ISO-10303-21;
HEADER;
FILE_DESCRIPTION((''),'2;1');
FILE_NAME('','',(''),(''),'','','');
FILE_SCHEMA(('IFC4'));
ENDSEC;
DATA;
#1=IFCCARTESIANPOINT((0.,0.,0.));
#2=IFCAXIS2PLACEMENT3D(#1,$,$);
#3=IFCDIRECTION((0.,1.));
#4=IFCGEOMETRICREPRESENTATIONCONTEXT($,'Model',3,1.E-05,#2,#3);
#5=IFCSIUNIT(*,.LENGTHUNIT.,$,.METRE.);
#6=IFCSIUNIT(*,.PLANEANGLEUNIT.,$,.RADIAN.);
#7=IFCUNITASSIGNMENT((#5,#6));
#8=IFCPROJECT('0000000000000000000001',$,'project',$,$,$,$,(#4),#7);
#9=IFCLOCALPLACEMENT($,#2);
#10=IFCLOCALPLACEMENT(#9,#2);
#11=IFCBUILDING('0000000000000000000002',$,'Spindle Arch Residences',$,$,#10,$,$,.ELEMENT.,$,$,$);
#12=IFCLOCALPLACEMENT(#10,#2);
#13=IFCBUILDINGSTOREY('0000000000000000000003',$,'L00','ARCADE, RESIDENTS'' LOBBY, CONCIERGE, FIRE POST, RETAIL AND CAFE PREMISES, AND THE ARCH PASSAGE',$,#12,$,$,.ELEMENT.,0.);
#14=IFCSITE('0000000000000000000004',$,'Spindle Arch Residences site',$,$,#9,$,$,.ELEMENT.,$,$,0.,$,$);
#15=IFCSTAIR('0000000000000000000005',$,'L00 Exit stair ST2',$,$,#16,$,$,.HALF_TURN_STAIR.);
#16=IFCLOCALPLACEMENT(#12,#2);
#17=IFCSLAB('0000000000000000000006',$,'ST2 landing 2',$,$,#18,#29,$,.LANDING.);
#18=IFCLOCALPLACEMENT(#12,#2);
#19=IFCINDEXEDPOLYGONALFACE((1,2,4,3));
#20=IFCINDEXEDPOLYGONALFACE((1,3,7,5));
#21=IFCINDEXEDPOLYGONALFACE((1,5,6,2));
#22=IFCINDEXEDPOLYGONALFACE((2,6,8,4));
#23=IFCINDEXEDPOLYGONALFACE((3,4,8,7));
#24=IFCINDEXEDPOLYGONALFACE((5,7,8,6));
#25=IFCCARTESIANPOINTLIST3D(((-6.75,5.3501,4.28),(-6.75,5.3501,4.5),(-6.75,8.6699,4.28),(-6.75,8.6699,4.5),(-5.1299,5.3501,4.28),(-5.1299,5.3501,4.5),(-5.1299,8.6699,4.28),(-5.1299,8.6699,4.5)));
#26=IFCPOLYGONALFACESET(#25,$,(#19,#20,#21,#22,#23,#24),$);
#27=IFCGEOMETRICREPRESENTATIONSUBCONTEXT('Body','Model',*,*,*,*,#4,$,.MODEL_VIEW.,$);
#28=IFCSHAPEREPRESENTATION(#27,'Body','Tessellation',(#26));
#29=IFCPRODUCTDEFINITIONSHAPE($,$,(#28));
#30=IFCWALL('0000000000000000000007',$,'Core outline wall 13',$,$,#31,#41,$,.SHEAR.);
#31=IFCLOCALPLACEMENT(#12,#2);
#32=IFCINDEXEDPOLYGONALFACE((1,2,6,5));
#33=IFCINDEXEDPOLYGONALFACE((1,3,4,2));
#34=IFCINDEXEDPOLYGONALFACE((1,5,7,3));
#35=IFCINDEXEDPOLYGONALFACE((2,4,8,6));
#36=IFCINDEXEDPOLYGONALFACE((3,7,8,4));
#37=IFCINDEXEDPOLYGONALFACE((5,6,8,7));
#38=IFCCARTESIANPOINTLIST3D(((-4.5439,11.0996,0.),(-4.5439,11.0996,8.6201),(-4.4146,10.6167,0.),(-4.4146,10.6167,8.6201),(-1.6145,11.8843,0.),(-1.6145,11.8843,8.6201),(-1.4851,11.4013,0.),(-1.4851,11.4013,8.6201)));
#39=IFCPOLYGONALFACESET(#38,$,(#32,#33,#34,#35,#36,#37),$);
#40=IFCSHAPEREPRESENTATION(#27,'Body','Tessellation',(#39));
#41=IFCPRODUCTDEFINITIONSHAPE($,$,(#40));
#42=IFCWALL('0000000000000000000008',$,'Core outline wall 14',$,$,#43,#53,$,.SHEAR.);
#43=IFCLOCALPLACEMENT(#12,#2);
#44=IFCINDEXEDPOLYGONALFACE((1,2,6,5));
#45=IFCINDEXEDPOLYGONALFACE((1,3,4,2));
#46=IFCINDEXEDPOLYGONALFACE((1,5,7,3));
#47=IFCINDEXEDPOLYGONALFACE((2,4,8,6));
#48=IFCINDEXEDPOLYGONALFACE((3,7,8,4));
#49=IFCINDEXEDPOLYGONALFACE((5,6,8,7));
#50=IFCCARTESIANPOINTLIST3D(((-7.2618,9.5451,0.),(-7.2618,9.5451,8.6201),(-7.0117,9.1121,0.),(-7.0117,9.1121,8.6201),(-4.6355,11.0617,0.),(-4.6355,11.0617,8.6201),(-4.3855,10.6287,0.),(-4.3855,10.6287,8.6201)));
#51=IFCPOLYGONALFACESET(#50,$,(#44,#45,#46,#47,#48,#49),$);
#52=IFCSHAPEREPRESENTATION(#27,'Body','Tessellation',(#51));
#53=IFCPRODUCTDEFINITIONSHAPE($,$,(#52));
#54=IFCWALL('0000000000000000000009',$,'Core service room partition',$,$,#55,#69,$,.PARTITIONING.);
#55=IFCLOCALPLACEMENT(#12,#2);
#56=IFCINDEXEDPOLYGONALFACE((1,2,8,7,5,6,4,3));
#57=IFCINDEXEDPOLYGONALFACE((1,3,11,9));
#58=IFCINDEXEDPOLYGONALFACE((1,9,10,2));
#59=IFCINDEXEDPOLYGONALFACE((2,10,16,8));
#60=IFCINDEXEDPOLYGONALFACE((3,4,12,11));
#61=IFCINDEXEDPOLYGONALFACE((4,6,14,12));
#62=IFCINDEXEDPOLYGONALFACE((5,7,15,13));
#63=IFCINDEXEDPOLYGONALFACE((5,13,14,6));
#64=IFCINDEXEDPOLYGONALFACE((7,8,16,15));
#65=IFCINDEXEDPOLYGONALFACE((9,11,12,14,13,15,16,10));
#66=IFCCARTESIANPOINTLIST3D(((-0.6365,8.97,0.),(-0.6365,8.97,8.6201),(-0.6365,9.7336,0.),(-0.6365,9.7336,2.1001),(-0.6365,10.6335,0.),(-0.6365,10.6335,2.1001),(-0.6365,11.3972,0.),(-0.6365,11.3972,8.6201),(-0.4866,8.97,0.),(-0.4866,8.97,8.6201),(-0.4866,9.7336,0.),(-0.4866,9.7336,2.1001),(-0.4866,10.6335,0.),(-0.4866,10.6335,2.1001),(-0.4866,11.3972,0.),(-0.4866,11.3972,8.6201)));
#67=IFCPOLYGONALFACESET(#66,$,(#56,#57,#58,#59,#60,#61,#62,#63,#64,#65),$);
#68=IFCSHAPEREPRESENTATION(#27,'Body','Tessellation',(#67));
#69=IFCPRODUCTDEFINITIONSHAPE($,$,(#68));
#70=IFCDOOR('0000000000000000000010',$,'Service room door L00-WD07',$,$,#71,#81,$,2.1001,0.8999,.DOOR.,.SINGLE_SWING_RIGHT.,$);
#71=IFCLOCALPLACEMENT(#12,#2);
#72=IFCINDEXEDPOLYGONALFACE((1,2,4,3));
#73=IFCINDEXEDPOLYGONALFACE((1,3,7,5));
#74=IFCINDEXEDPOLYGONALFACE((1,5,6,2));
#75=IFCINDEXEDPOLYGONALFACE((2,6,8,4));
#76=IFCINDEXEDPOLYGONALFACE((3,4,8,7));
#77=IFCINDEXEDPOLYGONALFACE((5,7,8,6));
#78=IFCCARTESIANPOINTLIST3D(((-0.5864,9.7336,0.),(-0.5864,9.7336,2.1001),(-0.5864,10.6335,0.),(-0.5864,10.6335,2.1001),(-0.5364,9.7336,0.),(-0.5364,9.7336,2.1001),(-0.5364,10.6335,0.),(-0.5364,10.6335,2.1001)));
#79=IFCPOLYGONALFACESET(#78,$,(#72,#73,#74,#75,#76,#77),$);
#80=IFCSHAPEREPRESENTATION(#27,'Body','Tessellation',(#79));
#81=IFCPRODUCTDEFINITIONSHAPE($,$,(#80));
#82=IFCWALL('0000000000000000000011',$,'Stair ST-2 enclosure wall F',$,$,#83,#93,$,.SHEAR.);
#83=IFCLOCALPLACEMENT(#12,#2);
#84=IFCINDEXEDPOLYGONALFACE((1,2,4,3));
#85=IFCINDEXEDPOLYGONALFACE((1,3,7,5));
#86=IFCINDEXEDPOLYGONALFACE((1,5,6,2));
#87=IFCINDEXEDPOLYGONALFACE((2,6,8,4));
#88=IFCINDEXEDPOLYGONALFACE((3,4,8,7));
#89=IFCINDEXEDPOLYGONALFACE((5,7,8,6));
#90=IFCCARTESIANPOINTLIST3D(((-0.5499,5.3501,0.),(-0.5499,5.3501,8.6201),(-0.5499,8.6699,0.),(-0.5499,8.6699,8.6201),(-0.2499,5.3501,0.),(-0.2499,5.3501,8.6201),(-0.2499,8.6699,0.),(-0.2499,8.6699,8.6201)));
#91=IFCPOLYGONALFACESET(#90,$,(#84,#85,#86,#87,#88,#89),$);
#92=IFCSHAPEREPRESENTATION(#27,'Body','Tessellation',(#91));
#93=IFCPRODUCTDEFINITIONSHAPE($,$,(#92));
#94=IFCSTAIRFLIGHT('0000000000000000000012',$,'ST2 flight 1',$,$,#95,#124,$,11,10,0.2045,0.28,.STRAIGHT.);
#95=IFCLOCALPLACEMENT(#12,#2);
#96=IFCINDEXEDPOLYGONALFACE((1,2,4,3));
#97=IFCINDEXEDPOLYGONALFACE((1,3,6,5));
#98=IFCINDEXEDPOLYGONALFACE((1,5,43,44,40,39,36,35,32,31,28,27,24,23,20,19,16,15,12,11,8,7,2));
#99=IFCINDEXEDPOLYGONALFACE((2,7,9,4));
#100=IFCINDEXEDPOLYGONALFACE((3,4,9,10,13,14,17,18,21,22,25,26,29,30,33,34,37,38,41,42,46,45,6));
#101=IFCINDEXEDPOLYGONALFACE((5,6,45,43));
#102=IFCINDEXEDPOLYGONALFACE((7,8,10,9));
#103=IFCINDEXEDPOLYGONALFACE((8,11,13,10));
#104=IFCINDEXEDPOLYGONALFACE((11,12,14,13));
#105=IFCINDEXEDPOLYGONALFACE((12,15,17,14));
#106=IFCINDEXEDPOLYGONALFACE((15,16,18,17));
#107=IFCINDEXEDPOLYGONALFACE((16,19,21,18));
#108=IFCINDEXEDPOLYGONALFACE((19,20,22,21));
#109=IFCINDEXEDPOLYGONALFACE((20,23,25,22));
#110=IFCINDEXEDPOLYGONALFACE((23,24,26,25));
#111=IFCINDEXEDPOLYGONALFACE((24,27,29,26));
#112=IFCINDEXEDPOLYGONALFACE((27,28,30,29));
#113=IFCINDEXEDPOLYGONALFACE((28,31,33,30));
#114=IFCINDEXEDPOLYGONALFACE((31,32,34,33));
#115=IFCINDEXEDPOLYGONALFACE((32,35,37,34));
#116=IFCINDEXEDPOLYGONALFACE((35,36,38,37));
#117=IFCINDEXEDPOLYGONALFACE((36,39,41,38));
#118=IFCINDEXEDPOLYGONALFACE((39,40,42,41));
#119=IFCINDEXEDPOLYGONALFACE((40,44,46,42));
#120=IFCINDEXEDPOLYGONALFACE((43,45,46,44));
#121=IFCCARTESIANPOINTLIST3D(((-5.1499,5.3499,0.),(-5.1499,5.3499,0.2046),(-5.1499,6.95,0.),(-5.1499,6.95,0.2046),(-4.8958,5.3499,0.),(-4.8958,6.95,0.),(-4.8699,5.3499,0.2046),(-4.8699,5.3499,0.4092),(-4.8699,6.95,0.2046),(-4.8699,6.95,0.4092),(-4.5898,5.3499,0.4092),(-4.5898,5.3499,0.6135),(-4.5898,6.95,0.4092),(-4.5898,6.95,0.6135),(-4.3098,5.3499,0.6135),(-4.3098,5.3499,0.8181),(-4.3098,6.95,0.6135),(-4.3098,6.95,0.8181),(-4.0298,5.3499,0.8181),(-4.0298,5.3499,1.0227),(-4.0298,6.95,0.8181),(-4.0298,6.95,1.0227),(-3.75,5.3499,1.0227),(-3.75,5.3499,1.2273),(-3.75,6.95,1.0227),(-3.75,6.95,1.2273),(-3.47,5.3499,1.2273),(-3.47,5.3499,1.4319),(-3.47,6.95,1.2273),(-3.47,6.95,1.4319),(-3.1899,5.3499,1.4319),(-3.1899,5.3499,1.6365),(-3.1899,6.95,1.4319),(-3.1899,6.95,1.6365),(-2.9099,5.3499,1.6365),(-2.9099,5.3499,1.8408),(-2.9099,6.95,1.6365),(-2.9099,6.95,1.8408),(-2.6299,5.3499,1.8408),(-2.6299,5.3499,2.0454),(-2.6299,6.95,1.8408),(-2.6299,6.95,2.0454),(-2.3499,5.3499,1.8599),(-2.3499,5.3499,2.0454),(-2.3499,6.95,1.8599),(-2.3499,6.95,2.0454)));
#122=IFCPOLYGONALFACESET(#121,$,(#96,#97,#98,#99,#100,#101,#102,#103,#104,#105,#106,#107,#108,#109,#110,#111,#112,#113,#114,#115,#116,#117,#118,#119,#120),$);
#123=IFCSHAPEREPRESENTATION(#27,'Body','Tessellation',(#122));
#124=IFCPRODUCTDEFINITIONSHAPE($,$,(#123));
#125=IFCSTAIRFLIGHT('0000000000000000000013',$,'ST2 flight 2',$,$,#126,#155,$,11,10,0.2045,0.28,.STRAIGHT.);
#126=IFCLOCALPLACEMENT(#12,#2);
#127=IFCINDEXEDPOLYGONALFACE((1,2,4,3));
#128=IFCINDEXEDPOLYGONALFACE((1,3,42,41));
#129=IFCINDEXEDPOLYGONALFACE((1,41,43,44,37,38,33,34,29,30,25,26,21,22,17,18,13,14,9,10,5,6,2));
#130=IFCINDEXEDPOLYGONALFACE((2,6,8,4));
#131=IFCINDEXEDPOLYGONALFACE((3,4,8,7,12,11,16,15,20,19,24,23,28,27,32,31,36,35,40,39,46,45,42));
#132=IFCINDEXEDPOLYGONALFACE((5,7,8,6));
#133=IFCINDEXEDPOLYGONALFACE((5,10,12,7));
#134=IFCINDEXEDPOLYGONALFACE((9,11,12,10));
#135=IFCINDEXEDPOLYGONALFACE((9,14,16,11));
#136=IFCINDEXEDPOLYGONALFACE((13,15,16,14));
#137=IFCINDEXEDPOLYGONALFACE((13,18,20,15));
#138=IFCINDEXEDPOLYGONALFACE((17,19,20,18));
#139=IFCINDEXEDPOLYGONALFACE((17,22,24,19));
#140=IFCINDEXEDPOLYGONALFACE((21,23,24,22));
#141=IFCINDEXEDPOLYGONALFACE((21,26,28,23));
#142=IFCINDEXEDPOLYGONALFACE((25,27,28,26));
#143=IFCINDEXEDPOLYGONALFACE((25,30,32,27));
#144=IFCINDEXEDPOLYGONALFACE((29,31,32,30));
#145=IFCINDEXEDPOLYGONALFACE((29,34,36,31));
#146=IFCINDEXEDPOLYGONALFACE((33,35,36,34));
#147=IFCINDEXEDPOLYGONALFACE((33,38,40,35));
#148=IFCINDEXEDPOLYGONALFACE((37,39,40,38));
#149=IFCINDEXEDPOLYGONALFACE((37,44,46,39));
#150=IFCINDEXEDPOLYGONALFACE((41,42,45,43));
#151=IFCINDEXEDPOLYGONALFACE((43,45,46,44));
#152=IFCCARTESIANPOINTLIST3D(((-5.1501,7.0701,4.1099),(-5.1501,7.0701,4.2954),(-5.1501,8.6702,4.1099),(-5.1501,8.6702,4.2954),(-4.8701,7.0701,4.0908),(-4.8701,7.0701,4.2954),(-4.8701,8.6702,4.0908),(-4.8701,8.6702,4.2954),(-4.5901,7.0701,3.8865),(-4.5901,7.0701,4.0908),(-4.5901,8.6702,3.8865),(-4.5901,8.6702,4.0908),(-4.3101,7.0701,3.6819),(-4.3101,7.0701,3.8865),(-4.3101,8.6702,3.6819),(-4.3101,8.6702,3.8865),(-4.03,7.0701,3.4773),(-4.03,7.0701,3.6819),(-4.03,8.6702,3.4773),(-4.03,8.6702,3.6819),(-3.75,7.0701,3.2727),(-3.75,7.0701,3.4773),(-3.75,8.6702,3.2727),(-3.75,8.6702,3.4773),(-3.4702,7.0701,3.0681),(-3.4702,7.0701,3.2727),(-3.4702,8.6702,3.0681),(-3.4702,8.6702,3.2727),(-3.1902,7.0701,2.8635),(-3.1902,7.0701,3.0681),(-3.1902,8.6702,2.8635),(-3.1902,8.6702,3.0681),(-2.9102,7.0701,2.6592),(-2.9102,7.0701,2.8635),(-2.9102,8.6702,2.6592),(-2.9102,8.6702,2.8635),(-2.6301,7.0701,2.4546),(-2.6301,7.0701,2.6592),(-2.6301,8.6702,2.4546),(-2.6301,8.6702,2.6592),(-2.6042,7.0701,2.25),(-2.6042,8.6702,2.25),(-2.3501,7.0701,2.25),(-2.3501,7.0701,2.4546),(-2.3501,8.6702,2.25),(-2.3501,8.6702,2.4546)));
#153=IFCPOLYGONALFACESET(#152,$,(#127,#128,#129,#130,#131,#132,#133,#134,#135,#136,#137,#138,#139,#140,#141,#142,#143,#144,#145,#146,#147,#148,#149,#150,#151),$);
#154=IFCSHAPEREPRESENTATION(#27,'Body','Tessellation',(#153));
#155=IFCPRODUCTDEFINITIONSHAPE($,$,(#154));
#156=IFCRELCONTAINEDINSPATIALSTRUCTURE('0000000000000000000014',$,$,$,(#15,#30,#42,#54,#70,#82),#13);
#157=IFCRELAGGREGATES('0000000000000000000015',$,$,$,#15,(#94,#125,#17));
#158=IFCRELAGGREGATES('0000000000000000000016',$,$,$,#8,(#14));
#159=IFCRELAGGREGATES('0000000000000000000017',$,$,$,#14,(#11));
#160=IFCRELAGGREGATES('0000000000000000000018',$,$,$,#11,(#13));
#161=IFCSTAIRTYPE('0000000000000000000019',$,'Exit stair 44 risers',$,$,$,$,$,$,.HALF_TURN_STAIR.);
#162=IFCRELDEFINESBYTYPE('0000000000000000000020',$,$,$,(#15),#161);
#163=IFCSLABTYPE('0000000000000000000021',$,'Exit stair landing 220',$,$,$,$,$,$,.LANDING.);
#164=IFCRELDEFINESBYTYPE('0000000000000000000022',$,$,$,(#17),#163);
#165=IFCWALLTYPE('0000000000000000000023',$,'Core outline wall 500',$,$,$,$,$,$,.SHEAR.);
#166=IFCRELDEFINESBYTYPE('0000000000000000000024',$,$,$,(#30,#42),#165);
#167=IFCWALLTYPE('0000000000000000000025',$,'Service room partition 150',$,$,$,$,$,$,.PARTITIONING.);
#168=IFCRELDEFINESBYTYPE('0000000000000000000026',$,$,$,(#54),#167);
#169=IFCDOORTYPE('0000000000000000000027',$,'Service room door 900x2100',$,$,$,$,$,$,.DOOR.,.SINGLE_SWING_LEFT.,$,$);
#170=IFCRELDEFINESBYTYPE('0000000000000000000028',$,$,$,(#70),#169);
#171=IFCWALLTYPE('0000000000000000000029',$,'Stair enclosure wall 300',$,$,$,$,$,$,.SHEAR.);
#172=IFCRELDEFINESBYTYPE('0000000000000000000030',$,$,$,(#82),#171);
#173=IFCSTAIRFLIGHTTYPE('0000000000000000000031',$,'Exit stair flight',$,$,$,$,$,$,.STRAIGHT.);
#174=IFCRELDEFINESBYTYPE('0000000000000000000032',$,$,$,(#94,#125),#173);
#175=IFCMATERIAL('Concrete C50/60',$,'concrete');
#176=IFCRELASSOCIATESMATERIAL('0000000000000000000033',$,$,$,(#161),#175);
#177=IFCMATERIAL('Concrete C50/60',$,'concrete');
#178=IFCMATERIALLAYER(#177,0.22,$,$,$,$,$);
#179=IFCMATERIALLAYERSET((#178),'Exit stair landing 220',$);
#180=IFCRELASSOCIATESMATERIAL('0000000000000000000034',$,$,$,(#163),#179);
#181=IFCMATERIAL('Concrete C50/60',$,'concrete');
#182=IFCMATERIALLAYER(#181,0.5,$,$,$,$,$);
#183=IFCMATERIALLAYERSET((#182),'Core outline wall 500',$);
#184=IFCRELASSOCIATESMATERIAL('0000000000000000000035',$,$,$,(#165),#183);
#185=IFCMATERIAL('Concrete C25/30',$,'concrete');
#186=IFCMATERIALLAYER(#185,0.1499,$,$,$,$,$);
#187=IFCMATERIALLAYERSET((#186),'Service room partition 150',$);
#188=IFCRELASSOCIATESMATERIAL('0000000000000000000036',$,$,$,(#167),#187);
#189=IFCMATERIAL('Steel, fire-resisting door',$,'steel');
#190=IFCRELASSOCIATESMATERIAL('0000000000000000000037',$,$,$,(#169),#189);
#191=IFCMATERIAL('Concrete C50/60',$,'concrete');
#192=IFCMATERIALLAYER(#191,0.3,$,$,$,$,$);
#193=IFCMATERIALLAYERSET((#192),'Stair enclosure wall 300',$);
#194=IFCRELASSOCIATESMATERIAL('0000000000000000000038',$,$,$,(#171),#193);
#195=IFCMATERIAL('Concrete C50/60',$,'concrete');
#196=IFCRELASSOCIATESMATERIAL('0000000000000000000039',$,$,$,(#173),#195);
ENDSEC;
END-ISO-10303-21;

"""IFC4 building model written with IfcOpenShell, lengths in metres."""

from ifc_helpers import new_model, si_unit, direction, frame, frame_2d, origin, place, context, subcontext, project, spatial, polyline, rectangle, outline, extrude, material, layer, layer_set, type_object, element, fill, aggregate, save


model = new_model("IFC4")

# Units and contexts
model_context = context("Model", 3, precision=1e-05, world=origin(), true_north=direction((0.0, 1.0)))
body_context = subcontext(model_context, "Body", "Model", "MODEL_VIEW")
ifc_project = project(units=[si_unit("LENGTHUNIT", "METRE"), si_unit("PLANEANGLEUNIT", "RADIAN")], contexts=[model_context])

# Site, building, storey
site_placement = place(None, origin())
site = spatial("IfcSite", under=ifc_project, at=site_placement, Name="Spindle Arch Residences site", CompositionType="ELEMENT", RefElevation=0.0)
building_placement = place(site_placement, origin())
building = spatial("IfcBuilding", under=site, at=building_placement, Name="Spindle Arch Residences", CompositionType="ELEMENT")
storey_placement = place(building_placement, origin())
storey = spatial("IfcBuildingStorey", under=building, at=storey_placement, Name="L00", Description="ARCADE, RESIDENTS' LOBBY, CONCIERGE, FIRE POST, RETAIL AND CAFE PREMISES, AND THE ARCH PASSAGE", CompositionType="ELEMENT", Elevation=0.0)

# Stair, slab
ifc_material_1 = material(Name="Concrete C50/60", Category="concrete")
stair_type = type_object("IfcStairType", Name="Exit stair 44 risers", PredefinedType="HALF_TURN_STAIR", material=ifc_material_1)
stair_placement = place(storey_placement, origin())
stair = element("IfcStair", 1, at=stair_placement, inside=storey, type_object=stair_type, Name="L00 Exit stair ST2", PredefinedType="HALF_TURN_STAIR")
ifc_material_2 = material(Name="Concrete C50/60", Category="concrete")
ifc_layer_1 = layer(ifc_material_2, 0.22)
ifc_layer_set_1 = layer_set([ifc_layer_1], Name="Exit stair landing 220")
slab_type = type_object("IfcSlabType", Name="Exit stair landing 220", PredefinedType="LANDING", material=ifc_layer_set_1)
slab_placement = place(storey_placement, frame((0.0, 0.0, 4.28)))
slab = element("IfcSlab", 2, at=slab_placement, type_object=slab_type, Name="ST2 landing 2", PredefinedType="LANDING", context=body_context, shape_type="SweptSolid", body=[
    extrude(outline(polyline([(-6.75, 5.3501), (-5.1299, 5.3501), (-5.1299, 8.6699), (-6.75, 8.6699), (-6.75, 5.3501)])), origin(), (0.0, 0.0, 1.0), 0.22),
])

# Walls
ifc_material_3 = material(Name="Concrete C50/60", Category="concrete")
ifc_layer_2 = layer(ifc_material_3, 0.5)
ifc_layer_set_2 = layer_set([ifc_layer_2], Name="Core outline wall 500")
wall_type_1 = type_object("IfcWallType", Name="Core outline wall 500", PredefinedType="SHEAR", material=ifc_layer_set_2)
for number, where, z_axis, x_axis, name in (
    (3, (-1.5498, 11.6428, 0.0), (0.0, 0.0, 1.0), (-0.965948, -0.258735, 0.0), "Core outline wall 13"),
    (4, (-4.5105, 10.8452, 0.0), (0.0, 0.0, 1.0), (-0.865975, -0.500087, 0.0), "Core outline wall 14"),
):
    element("IfcWall", number, at=place(storey_placement, frame(where, z_axis=z_axis, x_axis=x_axis)), inside=storey, type_object=wall_type_1, Name=name, PredefinedType="SHEAR", context=body_context, shape_type="SweptSolid", body=[
        extrude(rectangle(XDim=3.0327, YDim=0.5, at=frame_2d((1.5164, 0.0))), origin(), (0.0, 0.0, 1.0), 8.6201),
    ])

# Wall, opening, door
ifc_material_4 = material(Name="Concrete C25/30", Category="concrete")
ifc_layer_3 = layer(ifc_material_4, 0.1499)
ifc_layer_set_3 = layer_set([ifc_layer_3], Name="Service room partition 150")
wall_type_2 = type_object("IfcWallType", Name="Service room partition 150", PredefinedType="PARTITIONING", material=ifc_layer_set_3)
wall_1_placement = place(storey_placement, frame((-0.5615, 8.97, 0.0), z_axis=(0.0, 0.0, 1.0), x_axis=(0.0, 1.0, 0.0)))
wall_1 = element("IfcWall", 5, at=wall_1_placement, inside=storey, type_object=wall_type_2, Name="Core service room partition", PredefinedType="PARTITIONING", context=body_context, shape_type="SweptSolid", body=[
    extrude(rectangle(XDim=2.4272, YDim=0.1499, at=frame_2d((1.2136, 0.0))), origin(), (0.0, 0.0, 1.0), 8.6201),
])
opening_placement = place(wall_1_placement, frame((0.7637, 0.0, 0.0)))
opening = element("IfcOpeningElement", 6, at=opening_placement, cuts=wall_1, PredefinedType="OPENING", context=body_context, shape_type="SweptSolid", body=[
    extrude(rectangle(XDim=0.8999, YDim=2.1001, at=frame_2d((0.45, 1.05))), frame((0.0, 0.085, 0.0), z_axis=(0.0, -1.0, 0.0), x_axis=(1.0, 0.0, 0.0)), (0.0, 0.0, 1.0), 0.1699),
])
ifc_material_5 = material(Name="Steel, fire-resisting door", Category="steel")
door_type = type_object("IfcDoorType", Name="Service room door 900x2100", OperationType="SINGLE_SWING_LEFT", PredefinedType="DOOR", material=ifc_material_5)
door_placement = place(opening_placement, origin())
door = element("IfcDoor", 7, at=door_placement, inside=storey, type_object=door_type, Name="Service room door L00-WD07", OperationType="SINGLE_SWING_RIGHT", OverallHeight=2.1001, OverallWidth=0.8999, PredefinedType="DOOR", context=body_context, shape_type="SweptSolid", body=[
    extrude(rectangle(XDim=0.8999, YDim=2.1001, at=frame_2d((0.45, 1.05))), frame((0.0, 0.0249, 0.0), z_axis=(0.0, -1.0, 0.0), x_axis=(1.0, 0.0, 0.0)), (0.0, 0.0, 1.0), 0.05),
])
fill(opening, door)

# Wall
ifc_material_6 = material(Name="Concrete C50/60", Category="concrete")
ifc_layer_4 = layer(ifc_material_6, 0.3)
ifc_layer_set_4 = layer_set([ifc_layer_4], Name="Stair enclosure wall 300")
wall_type_3 = type_object("IfcWallType", Name="Stair enclosure wall 300", PredefinedType="SHEAR", material=ifc_layer_set_4)
wall_2_placement = place(storey_placement, frame((-0.3999, 5.3501, 0.0), z_axis=(0.0, 0.0, 1.0), x_axis=(0.0, 1.0, 0.0)))
element("IfcWall", 8, at=wall_2_placement, inside=storey, type_object=wall_type_3, Name="Stair ST-2 enclosure wall F", PredefinedType="SHEAR", context=body_context, shape_type="SweptSolid", body=[
    extrude(rectangle(XDim=3.3198, YDim=0.3, at=frame_2d((1.6599, 0.0))), origin(), (0.0, 0.0, 1.0), 8.6201),
])

# Stair flights
ifc_material_7 = material(Name="Concrete C50/60", Category="concrete")
stair_flight_type = type_object("IfcStairFlightType", Name="Exit stair flight", PredefinedType="STRAIGHT", material=ifc_material_7)
stair_flight_1_placement = place(storey_placement, frame((-5.1499, 6.1499, 0.0), z_axis=(0.0, 0.0, 1.0), x_axis=(1.0, 0.0, 0.0)))
stair_flight_1 = element("IfcStairFlight", 9, at=stair_flight_1_placement, type_object=stair_flight_type, Name="ST2 flight 1", NumberOfRisers=11, NumberOfTreads=10, PredefinedType="STRAIGHT", RiserHeight=0.2045, TreadLength=0.28, context=body_context, shape_type="SweptSolid", body=[
    extrude(outline(polyline([(0.0, 0.0), (0.0, 0.2046), (0.28, 0.2046), (0.28, 0.4092), (0.5601, 0.4092), (0.5601, 0.6135), (0.8401, 0.6135), (0.8401, 0.8181), (1.1201, 0.8181), (1.1201, 1.0227), (1.3999, 1.0227), (1.3999, 1.2273), (1.6799, 1.2273), (1.6799, 1.4319), (1.96, 1.4319), (1.96, 1.6365), (2.24, 1.6365), (2.24, 1.8408), (2.52, 1.8408), (2.52, 2.0454), (2.8, 2.0454), (2.8, 2.25), (2.8, 1.8599), (0.2542, 0.0), (0.0, 0.0)])), frame((0.0, 0.8, 0.0), z_axis=(0.0, -1.0, 0.0), x_axis=(1.0, 0.0, 0.0)), (0.0, 0.0, 1.0), 1.6001),
])
stair_flight_2_placement = place(storey_placement, frame((-2.3501, 7.8701, 2.25), z_axis=(0.0, 0.0, 1.0), x_axis=(-1.0, 0.0, 0.0)))
stair_flight_2 = element("IfcStairFlight", 10, at=stair_flight_2_placement, type_object=stair_flight_type, Name="ST2 flight 2", NumberOfRisers=11, NumberOfTreads=10, PredefinedType="STRAIGHT", RiserHeight=0.2045, TreadLength=0.28, context=body_context, shape_type="SweptSolid", body=[
    extrude(outline(polyline([(0.0, 0.0), (0.0, 0.2046), (0.28, 0.2046), (0.28, 0.4092), (0.5601, 0.4092), (0.5601, 0.6135), (0.8401, 0.6135), (0.8401, 0.8181), (1.1201, 0.8181), (1.1201, 1.0227), (1.3999, 1.0227), (1.3999, 1.2273), (1.6799, 1.2273), (1.6799, 1.4319), (1.96, 1.4319), (1.96, 1.6365), (2.24, 1.6365), (2.24, 1.8408), (2.52, 1.8408), (2.52, 2.0454), (2.8, 2.0454), (2.8, 2.25), (2.8, 1.8599), (0.2542, 0.0), (0.0, 0.0)])), frame((0.0, 0.8, 0.0), z_axis=(0.0, -1.0, 0.0), x_axis=(1.0, 0.0, 0.0)), (0.0, 0.0, 1.0), 1.6001),
])
aggregate(stair, [stair_flight_1, stair_flight_2, slab])

save(model, "model.ifc")
